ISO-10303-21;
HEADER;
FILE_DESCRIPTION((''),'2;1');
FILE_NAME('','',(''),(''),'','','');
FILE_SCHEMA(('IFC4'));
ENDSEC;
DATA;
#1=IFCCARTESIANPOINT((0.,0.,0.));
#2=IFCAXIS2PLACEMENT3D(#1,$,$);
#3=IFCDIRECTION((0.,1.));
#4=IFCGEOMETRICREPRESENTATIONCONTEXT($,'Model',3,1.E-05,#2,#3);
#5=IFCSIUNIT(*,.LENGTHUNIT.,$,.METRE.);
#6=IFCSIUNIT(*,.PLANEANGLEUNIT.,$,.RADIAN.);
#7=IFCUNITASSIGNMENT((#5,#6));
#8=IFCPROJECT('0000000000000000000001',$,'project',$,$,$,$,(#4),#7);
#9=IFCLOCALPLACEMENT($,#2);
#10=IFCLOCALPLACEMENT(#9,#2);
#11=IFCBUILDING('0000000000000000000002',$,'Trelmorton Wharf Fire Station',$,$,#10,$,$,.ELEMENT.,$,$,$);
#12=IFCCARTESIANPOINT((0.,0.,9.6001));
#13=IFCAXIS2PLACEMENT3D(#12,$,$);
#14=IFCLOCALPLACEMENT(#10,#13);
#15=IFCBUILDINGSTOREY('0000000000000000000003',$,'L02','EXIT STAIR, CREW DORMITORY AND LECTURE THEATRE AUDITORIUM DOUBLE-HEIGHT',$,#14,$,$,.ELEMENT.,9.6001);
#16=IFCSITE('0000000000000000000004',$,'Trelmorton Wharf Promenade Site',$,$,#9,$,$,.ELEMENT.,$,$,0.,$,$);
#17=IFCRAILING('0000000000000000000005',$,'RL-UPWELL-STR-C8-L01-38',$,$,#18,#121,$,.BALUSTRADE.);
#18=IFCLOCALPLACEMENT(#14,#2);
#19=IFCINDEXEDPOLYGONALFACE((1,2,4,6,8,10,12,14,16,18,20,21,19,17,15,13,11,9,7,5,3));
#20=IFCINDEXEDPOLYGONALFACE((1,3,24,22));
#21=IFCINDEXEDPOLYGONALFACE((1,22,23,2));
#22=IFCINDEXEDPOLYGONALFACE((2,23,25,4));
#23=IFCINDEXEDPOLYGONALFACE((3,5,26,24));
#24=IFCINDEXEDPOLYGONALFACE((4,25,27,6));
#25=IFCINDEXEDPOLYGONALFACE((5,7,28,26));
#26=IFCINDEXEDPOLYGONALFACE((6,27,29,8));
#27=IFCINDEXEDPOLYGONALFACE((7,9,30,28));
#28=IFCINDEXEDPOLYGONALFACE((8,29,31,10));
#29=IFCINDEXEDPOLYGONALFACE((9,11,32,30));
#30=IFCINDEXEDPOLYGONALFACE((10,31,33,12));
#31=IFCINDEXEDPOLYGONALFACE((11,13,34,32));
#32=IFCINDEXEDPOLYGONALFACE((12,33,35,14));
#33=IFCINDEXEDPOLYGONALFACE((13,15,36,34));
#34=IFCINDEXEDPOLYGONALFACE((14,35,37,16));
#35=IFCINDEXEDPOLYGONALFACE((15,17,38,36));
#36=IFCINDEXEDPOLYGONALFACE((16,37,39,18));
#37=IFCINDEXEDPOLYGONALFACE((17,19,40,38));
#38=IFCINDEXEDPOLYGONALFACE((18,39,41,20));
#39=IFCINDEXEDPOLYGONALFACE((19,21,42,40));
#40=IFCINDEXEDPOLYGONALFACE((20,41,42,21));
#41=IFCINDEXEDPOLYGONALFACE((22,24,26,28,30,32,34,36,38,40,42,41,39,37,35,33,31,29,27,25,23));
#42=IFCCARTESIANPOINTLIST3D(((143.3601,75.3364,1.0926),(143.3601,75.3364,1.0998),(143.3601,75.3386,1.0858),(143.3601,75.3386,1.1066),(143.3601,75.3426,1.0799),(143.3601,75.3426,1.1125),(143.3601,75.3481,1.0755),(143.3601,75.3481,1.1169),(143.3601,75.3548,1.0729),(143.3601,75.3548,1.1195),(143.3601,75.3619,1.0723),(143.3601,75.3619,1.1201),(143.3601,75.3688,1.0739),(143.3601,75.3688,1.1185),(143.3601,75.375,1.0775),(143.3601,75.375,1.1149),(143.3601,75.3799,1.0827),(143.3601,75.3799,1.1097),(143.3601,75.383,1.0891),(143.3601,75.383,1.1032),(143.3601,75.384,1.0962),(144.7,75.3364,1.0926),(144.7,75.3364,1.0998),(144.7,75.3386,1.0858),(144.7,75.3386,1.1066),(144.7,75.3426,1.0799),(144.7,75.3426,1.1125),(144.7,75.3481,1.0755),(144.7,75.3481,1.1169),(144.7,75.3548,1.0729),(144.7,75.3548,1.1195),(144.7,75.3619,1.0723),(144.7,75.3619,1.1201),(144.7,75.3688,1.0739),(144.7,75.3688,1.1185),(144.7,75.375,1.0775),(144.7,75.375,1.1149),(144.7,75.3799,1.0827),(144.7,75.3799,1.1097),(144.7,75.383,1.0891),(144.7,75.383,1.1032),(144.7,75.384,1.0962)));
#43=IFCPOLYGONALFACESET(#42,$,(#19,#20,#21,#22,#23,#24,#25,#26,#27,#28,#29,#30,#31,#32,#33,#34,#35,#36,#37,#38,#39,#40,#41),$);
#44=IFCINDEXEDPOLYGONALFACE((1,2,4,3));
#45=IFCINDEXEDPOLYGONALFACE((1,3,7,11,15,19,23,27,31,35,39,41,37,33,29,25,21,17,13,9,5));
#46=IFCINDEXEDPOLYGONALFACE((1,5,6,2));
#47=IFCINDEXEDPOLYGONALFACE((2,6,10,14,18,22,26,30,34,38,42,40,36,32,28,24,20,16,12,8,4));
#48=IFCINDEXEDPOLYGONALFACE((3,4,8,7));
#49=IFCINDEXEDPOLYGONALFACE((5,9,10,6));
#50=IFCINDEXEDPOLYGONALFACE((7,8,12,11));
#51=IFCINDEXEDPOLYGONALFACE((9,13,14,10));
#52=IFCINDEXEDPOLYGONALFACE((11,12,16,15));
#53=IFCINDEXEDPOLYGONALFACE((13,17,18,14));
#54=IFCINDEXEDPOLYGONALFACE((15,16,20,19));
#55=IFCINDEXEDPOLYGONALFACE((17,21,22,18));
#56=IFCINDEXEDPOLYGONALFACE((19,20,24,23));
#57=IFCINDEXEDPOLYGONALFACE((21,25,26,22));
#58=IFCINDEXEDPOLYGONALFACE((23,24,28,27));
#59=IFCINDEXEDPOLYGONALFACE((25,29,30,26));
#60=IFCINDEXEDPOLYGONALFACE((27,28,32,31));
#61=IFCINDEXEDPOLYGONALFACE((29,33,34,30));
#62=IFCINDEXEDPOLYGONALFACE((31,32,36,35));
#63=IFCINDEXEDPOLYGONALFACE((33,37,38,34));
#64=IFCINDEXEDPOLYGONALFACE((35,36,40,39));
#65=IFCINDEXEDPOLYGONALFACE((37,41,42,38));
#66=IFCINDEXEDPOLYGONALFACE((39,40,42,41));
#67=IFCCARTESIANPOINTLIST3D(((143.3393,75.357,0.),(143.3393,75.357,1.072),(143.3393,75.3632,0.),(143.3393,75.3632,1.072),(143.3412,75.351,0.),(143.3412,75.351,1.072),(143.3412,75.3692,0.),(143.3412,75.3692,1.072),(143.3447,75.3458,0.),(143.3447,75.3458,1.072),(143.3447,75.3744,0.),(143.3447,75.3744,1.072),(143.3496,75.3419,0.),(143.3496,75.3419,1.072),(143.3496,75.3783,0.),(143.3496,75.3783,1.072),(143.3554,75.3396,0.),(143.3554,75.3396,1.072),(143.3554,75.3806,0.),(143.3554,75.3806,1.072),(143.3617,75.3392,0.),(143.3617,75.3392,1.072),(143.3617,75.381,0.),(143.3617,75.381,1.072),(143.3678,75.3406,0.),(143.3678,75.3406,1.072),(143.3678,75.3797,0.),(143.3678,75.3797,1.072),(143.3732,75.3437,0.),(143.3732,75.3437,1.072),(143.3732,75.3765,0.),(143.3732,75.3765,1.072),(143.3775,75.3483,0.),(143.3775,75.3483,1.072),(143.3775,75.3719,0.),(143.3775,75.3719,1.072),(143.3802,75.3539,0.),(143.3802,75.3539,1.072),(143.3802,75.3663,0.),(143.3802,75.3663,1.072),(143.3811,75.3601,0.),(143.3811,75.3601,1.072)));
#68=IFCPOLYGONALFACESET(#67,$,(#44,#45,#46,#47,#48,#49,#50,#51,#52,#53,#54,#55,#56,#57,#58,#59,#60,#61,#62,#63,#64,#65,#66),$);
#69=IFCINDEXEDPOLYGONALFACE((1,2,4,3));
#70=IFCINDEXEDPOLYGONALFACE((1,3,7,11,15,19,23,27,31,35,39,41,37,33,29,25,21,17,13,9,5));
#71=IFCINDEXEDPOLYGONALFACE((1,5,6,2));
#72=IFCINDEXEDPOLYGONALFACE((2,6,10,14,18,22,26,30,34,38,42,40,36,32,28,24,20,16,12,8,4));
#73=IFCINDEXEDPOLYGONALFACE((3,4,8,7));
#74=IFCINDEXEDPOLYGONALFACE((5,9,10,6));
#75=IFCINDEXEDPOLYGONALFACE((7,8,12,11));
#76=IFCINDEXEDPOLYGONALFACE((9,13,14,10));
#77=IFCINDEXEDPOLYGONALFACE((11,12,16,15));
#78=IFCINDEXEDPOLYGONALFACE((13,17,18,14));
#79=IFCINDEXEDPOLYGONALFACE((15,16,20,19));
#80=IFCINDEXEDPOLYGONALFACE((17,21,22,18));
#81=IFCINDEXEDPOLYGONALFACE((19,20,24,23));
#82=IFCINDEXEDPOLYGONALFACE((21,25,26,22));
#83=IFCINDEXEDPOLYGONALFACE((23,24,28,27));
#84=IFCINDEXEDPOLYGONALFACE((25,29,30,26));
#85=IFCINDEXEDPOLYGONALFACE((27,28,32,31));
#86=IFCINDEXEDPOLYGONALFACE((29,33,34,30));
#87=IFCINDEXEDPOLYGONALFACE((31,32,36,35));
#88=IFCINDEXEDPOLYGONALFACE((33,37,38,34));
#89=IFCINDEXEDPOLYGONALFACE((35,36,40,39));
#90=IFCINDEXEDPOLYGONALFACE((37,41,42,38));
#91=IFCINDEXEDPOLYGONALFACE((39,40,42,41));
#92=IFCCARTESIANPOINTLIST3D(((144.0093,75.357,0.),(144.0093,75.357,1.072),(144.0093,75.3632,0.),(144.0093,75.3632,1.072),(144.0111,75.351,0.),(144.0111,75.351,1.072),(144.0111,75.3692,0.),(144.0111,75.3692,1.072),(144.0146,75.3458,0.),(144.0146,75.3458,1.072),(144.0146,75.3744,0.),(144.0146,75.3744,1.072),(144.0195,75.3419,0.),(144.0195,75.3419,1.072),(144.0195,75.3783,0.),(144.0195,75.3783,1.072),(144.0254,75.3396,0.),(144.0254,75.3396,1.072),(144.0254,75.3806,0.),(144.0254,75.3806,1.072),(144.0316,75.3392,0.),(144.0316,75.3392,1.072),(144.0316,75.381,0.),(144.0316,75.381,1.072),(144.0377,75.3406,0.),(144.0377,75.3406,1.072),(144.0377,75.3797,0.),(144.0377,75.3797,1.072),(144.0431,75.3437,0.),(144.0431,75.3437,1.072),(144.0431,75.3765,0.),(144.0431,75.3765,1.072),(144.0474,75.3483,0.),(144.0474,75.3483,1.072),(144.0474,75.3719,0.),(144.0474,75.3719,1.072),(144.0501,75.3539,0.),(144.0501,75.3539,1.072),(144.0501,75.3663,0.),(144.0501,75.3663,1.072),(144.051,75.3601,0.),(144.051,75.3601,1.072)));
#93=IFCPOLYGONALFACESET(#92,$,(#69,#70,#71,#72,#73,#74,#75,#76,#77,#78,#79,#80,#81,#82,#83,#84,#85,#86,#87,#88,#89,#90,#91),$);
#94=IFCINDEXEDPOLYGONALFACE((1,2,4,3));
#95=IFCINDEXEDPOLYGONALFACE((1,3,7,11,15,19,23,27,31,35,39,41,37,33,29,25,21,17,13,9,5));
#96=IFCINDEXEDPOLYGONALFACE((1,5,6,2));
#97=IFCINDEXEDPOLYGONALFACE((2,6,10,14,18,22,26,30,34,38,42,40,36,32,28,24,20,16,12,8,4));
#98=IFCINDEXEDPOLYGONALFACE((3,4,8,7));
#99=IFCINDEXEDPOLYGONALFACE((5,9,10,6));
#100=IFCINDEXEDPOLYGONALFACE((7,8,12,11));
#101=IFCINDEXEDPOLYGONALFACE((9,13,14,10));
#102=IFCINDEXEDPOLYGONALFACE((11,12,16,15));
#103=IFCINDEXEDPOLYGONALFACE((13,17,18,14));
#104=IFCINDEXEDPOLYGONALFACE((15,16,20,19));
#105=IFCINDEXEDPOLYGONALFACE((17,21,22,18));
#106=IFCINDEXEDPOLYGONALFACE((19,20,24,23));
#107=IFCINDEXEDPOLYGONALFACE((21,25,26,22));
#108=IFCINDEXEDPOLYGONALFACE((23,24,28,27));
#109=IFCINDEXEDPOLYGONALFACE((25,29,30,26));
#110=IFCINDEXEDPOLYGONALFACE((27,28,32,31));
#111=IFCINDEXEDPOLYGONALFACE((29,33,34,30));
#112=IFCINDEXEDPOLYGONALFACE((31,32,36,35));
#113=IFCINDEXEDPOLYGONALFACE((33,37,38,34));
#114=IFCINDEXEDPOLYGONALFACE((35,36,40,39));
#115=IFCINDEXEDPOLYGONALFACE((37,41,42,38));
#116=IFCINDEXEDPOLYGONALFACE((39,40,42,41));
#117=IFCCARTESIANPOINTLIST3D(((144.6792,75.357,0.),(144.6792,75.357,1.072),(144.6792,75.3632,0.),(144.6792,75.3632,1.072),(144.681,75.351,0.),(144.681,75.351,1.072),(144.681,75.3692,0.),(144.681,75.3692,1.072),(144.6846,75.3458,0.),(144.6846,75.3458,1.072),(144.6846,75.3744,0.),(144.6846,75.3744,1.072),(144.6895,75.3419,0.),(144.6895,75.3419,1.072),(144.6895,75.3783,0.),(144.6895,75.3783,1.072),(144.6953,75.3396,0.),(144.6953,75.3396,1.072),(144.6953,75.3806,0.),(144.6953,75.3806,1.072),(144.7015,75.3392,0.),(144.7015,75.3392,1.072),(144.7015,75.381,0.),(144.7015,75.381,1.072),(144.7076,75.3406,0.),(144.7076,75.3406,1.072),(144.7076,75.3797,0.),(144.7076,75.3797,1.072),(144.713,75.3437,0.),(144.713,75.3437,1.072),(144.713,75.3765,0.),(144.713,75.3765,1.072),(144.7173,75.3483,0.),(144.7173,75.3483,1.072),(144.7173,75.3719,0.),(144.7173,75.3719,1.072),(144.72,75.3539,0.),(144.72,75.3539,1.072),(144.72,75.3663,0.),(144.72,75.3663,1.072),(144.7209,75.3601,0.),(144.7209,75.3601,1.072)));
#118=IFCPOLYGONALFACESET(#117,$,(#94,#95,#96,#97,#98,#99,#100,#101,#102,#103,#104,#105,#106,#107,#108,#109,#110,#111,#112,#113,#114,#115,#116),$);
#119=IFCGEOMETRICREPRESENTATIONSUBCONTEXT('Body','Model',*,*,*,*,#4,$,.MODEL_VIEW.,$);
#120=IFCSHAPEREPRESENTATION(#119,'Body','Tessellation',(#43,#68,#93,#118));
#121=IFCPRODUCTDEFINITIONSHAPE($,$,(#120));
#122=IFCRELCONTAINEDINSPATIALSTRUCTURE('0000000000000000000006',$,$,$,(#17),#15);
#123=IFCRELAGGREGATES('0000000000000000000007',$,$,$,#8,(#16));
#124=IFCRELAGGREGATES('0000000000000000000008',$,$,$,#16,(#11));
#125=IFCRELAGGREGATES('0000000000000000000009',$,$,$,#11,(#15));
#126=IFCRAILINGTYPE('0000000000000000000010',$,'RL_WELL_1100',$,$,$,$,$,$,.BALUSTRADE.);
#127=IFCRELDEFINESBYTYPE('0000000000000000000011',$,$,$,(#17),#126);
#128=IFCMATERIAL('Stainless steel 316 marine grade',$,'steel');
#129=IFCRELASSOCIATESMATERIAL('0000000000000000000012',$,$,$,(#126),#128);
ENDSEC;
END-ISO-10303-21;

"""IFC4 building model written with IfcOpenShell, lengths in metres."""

from ifc_helpers import new_model, si_unit, direction, frame, origin, origin_2d, place, context, subcontext, project, spatial, circle, extrude, material, type_object, element, save


model = new_model("IFC4")

# Units and contexts
model_context = context("Model", 3, precision=1e-05, world=origin(), true_north=direction((0.0, 1.0)))
body_context = subcontext(model_context, "Body", "Model", "MODEL_VIEW")
ifc_project = project(units=[si_unit("LENGTHUNIT", "METRE"), si_unit("PLANEANGLEUNIT", "RADIAN")], contexts=[model_context])

# Site, building, storey
site_placement = place(None, origin())
site = spatial("IfcSite", under=ifc_project, at=site_placement, Name="Trelmorton Wharf Promenade Site", CompositionType="ELEMENT", RefElevation=0.0)
building_placement = place(site_placement, origin())
building = spatial("IfcBuilding", under=site, at=building_placement, Name="Trelmorton Wharf Fire Station", CompositionType="ELEMENT")
storey_placement = place(building_placement, frame((0.0, 0.0, 9.6001)))
storey = spatial("IfcBuildingStorey", under=building, at=storey_placement, Name="L02", Description="EXIT STAIR, CREW DORMITORY AND LECTURE THEATRE AUDITORIUM DOUBLE-HEIGHT", CompositionType="ELEMENT", Elevation=9.6001)

# Railing
ifc_material_1 = material(Name="Stainless steel 316 marine grade", Category="steel")
railing_type = type_object("IfcRailingType", Name="RL_WELL_1100", PredefinedType="BALUSTRADE", material=ifc_material_1)
railing_1_placement = place(storey_placement, frame((143.3601, 75.3601, 0.0)))
element("IfcRailing", 1, at=railing_1_placement, inside=storey, type_object=railing_type, Name="RL-UPWELL-STR-C8-L01-38", PredefinedType="BALUSTRADE", context=body_context, shape_type="SweptSolid", body=[
    extrude(circle(Radius=0.0239, at=origin_2d()), frame((0.0, 0.0, 1.0962), z_axis=(1.0, 0.0, 0.0), x_axis=(0.0, 1.0, 0.0)), (0.0, 0.0, 1.0), 1.3398),
    extrude(circle(Radius=0.021, at=origin_2d()), origin(), (0.0, 0.0, 1.0), 1.072),
    extrude(circle(Radius=0.021, at=origin_2d()), frame((0.6699, 0.0, 0.0)), (0.0, 0.0, 1.0), 1.072),
    extrude(circle(Radius=0.021, at=origin_2d()), frame((1.3398, 0.0, 0.0)), (0.0, 0.0, 1.0), 1.072),
])

save(model, "model.ifc")
